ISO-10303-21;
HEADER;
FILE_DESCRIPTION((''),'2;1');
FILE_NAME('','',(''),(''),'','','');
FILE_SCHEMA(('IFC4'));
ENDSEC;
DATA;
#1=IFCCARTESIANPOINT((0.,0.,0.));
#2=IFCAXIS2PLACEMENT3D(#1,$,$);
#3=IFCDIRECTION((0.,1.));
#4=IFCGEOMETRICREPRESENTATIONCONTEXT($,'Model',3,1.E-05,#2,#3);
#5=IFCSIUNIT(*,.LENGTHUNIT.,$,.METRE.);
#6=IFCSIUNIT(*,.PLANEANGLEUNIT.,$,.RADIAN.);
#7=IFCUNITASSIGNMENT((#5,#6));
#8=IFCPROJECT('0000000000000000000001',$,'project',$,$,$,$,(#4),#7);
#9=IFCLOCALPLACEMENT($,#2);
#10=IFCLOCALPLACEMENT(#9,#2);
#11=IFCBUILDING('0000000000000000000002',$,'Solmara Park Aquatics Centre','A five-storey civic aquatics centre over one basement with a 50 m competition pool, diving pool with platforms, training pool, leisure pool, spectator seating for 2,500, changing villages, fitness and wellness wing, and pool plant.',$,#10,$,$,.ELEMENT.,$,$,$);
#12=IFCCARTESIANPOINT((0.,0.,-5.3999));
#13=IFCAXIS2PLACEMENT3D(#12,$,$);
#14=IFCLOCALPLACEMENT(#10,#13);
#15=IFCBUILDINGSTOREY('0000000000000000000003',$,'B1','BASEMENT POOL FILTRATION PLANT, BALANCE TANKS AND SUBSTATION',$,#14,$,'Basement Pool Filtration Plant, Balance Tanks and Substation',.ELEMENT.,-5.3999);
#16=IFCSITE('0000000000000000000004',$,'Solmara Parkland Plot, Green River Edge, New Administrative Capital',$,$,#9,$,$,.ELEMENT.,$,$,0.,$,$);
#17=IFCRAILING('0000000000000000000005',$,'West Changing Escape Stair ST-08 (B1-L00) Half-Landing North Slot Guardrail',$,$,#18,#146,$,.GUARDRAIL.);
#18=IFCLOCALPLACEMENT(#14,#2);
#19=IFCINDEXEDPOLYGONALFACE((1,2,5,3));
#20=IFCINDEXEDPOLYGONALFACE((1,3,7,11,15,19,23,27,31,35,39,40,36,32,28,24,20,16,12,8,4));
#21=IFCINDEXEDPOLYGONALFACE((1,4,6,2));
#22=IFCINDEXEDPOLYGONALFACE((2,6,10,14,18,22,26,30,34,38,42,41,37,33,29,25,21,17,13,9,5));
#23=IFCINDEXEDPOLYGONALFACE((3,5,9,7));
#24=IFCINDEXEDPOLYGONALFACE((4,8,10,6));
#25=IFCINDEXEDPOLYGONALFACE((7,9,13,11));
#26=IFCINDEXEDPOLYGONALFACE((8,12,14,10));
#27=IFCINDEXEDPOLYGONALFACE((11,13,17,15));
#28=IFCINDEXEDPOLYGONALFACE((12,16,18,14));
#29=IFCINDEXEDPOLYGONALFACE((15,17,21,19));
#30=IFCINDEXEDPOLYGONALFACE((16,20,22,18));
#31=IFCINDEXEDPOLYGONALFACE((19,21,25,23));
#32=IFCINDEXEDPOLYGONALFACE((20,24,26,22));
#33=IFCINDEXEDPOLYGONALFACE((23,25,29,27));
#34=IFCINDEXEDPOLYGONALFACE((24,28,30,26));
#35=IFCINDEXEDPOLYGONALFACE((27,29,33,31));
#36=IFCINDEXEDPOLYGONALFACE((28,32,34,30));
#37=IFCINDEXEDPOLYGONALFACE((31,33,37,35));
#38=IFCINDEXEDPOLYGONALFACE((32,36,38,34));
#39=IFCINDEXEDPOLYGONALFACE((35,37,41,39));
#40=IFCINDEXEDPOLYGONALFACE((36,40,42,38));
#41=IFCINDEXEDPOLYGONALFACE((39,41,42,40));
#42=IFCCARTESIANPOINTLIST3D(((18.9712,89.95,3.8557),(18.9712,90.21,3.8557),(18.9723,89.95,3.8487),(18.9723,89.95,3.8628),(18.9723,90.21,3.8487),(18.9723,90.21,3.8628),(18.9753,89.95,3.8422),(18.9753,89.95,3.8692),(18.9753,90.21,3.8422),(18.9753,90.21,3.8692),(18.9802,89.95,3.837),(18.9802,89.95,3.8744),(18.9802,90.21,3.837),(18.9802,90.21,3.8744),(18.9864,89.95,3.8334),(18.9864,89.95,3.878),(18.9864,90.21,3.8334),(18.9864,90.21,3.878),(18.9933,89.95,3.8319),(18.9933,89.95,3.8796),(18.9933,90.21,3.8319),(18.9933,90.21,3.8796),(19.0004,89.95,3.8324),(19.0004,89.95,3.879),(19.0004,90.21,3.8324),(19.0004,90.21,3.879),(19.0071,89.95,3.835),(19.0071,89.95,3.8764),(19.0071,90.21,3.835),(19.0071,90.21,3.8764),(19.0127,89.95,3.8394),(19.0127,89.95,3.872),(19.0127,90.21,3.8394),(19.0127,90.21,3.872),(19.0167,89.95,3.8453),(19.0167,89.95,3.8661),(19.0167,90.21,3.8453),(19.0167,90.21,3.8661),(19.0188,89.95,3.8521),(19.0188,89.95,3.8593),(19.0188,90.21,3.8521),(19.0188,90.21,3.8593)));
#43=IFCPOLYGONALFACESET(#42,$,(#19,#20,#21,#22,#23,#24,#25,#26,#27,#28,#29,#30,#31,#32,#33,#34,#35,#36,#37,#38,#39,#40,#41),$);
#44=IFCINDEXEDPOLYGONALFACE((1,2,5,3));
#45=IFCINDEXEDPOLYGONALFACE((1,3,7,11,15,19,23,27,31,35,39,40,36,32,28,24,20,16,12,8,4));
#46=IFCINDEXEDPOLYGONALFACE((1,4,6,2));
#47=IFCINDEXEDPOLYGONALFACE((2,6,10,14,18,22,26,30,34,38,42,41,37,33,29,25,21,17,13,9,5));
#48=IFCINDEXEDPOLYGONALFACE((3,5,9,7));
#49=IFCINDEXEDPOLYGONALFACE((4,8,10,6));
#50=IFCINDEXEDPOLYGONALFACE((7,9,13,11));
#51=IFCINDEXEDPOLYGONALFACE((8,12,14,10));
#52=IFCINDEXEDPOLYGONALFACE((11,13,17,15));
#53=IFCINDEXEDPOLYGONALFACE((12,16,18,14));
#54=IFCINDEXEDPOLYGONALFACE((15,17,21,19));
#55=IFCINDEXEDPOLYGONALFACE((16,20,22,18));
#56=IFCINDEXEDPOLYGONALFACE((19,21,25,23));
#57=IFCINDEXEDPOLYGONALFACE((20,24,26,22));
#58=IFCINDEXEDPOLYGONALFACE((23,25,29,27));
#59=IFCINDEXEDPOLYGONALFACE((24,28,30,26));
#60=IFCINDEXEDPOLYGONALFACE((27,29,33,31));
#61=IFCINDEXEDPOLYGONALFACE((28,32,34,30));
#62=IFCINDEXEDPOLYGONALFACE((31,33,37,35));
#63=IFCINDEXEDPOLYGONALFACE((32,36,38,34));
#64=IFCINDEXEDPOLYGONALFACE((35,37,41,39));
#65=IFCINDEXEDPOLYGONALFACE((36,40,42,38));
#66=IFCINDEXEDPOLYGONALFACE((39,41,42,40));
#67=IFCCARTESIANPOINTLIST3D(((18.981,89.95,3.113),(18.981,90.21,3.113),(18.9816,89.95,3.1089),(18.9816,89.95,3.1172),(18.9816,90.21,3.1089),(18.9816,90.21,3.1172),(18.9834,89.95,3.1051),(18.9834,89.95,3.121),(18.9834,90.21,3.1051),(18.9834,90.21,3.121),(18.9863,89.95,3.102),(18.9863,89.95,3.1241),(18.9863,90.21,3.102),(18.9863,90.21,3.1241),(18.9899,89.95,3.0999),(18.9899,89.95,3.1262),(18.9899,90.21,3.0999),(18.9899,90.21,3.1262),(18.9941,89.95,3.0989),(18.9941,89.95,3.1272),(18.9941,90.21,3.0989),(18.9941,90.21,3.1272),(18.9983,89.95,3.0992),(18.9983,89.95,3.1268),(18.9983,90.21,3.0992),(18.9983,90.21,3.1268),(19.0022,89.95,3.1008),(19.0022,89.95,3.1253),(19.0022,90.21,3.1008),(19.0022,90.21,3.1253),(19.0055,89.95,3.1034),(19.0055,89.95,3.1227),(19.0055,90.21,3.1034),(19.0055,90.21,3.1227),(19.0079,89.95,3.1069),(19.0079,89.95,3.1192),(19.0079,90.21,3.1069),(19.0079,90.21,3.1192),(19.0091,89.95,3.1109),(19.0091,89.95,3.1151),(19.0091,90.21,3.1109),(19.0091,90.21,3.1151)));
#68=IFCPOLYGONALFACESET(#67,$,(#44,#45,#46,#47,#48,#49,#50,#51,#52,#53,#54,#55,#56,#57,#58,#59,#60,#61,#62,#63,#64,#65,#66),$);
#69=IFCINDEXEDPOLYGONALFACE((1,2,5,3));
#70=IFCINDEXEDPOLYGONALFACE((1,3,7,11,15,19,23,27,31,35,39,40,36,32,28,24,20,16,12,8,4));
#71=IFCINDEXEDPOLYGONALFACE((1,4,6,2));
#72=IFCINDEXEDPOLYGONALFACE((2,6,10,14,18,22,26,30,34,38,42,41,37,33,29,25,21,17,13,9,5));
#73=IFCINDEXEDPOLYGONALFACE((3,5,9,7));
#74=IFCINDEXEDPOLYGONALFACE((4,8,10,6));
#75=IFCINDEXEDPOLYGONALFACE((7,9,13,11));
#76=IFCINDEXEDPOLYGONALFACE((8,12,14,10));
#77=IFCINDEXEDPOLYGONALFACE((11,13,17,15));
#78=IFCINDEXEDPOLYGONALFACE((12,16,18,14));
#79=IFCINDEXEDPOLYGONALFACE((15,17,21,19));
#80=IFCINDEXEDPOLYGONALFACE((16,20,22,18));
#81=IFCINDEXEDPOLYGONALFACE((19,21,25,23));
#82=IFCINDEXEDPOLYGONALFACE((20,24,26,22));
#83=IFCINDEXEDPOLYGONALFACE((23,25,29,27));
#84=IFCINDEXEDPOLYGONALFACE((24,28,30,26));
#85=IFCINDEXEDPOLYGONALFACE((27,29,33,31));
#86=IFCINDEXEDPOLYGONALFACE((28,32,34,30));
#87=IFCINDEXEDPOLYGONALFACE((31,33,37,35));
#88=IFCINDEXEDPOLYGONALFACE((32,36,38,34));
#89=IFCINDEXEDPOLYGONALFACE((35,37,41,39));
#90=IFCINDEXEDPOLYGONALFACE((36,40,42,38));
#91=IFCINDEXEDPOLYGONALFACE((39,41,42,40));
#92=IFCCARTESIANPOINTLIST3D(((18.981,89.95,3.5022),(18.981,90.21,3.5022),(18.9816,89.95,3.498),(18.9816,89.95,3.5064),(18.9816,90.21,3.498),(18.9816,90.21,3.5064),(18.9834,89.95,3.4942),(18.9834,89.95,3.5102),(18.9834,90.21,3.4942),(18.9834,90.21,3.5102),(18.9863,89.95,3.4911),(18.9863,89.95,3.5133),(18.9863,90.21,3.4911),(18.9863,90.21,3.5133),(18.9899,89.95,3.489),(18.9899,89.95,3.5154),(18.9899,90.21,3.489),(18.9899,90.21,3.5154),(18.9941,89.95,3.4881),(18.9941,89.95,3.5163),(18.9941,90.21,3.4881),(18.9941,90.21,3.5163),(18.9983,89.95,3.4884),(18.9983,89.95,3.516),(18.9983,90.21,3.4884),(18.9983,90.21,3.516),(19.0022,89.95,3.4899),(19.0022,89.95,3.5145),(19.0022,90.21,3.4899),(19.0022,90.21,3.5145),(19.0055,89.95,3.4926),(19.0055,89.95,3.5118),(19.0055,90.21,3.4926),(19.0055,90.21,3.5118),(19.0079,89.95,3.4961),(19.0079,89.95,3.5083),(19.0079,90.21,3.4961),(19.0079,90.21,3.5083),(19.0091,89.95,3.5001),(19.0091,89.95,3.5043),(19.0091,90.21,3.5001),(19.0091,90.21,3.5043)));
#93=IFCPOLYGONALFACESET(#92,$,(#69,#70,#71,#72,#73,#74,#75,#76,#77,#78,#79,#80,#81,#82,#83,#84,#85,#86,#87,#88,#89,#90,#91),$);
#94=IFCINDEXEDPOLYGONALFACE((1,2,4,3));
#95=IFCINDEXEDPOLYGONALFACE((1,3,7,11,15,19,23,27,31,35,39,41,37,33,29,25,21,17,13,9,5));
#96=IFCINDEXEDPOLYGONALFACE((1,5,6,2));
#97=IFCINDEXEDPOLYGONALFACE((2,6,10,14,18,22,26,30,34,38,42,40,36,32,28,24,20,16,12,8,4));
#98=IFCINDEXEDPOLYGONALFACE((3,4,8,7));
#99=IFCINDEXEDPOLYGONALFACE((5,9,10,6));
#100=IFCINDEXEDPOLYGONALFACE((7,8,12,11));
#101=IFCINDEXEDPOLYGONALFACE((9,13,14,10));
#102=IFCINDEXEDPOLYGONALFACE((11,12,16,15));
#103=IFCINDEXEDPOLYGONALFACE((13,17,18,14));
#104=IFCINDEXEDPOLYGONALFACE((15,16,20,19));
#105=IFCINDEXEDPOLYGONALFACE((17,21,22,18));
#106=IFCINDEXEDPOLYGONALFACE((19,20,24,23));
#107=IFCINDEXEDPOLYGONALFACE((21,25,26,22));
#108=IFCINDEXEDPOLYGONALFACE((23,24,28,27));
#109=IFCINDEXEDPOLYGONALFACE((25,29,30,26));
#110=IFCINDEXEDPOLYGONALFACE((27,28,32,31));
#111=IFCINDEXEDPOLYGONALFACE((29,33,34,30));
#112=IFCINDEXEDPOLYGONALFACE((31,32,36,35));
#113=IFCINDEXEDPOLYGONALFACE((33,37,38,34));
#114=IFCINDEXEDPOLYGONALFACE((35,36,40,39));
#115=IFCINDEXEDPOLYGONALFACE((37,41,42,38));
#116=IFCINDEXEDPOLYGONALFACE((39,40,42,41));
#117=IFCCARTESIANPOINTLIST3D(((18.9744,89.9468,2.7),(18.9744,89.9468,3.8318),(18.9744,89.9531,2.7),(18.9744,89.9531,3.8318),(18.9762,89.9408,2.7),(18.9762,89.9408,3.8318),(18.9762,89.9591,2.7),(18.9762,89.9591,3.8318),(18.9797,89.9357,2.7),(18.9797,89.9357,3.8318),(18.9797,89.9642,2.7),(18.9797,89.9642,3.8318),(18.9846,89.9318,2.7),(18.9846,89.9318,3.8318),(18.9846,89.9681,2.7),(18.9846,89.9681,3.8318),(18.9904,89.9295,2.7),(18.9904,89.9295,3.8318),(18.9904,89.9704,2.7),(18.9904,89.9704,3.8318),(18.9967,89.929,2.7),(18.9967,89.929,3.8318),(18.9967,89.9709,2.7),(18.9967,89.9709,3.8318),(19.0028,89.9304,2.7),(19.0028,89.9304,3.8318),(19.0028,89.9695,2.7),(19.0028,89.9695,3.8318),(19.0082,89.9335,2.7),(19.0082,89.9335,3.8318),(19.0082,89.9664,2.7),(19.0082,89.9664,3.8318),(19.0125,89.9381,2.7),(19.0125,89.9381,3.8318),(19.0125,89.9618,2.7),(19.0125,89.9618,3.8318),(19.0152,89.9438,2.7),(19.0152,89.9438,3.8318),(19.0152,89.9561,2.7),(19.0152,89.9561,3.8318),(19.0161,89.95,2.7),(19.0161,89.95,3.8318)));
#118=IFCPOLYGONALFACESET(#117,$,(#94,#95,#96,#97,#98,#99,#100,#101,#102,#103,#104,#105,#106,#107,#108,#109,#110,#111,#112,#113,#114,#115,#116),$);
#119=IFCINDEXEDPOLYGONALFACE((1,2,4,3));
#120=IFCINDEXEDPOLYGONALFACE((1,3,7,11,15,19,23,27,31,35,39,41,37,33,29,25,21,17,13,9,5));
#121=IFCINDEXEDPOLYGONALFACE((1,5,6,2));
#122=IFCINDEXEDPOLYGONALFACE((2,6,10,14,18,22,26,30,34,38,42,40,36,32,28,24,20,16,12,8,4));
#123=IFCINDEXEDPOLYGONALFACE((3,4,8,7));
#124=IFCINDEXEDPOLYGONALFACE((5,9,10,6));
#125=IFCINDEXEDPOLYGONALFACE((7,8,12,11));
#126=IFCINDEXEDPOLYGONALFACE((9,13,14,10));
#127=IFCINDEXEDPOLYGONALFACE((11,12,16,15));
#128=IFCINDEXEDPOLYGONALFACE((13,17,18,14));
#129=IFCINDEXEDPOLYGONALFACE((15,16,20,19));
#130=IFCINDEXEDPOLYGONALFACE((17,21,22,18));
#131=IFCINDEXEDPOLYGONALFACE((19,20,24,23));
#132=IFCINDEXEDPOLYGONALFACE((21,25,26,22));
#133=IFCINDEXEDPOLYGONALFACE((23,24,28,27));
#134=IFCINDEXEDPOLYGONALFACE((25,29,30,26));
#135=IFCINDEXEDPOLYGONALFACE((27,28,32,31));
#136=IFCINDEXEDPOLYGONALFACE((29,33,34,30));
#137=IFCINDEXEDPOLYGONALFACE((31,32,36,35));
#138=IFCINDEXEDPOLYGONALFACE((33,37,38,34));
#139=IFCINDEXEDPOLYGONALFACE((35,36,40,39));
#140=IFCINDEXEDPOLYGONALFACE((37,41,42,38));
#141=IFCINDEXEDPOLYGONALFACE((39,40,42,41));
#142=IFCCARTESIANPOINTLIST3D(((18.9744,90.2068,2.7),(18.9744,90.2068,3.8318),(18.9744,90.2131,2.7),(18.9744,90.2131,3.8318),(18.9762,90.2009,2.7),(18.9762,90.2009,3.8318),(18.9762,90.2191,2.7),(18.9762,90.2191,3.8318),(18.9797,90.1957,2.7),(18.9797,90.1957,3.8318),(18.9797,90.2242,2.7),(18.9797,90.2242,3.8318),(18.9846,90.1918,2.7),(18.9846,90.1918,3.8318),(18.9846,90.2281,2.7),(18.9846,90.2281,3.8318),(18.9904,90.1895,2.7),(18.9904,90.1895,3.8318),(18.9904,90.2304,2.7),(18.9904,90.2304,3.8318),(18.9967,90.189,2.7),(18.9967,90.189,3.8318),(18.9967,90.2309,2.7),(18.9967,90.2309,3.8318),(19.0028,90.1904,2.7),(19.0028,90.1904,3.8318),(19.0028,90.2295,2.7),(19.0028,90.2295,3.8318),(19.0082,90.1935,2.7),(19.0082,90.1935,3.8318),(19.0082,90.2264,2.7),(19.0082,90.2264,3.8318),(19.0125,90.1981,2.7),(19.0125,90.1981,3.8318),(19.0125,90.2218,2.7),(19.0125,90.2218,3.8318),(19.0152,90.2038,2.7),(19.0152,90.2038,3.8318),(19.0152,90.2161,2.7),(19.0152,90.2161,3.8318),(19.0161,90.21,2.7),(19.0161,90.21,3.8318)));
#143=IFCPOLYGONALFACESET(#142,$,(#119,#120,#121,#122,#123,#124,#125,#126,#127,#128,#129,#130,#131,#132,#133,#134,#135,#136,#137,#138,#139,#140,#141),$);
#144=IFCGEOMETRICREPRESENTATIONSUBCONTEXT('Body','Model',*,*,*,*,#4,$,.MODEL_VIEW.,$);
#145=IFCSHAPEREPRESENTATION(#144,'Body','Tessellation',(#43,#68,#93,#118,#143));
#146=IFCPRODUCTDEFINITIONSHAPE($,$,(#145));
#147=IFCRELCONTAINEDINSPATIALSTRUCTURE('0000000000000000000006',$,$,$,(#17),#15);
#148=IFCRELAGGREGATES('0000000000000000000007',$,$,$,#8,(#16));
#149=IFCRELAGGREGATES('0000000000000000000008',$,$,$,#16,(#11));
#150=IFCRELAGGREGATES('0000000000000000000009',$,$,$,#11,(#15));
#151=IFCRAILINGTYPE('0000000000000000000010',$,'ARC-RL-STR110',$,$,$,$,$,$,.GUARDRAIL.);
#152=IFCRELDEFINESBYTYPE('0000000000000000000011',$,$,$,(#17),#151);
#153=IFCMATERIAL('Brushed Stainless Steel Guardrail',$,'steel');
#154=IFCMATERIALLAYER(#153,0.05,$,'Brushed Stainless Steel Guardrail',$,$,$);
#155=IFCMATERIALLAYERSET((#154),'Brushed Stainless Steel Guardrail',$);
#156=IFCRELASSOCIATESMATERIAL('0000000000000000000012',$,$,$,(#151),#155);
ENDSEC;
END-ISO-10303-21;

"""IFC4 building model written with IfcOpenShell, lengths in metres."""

from ifc_helpers import new_model, si_unit, direction, frame, origin, origin_2d, place, context, subcontext, project, spatial, circle, extrude, material, layer, layer_set, type_object, element, save


model = new_model("IFC4")

# Units and contexts
model_context = context("Model", 3, precision=1e-05, world=origin(), true_north=direction((0.0, 1.0)))
body_context = subcontext(model_context, "Body", "Model", "MODEL_VIEW")
ifc_project = project(units=[si_unit("LENGTHUNIT", "METRE"), si_unit("PLANEANGLEUNIT", "RADIAN")], contexts=[model_context])

# Site, building, storey
site_placement = place(None, origin())
site = spatial("IfcSite", under=ifc_project, at=site_placement, Name="Solmara Parkland Plot, Green River Edge, New Administrative Capital", CompositionType="ELEMENT", RefElevation=0.0)
building_placement = place(site_placement, origin())
building = spatial("IfcBuilding", under=site, at=building_placement, Name="Solmara Park Aquatics Centre", Description="A five-storey civic aquatics centre over one basement with a 50 m competition pool, diving pool with platforms, training pool, leisure pool, spectator seating for 2,500, changing villages, fitness and wellness wing, and pool plant.", CompositionType="ELEMENT")
storey_placement = place(building_placement, frame((0.0, 0.0, -5.3999)))
storey = spatial("IfcBuildingStorey", under=building, at=storey_placement, Name="B1", Description="BASEMENT POOL FILTRATION PLANT, BALANCE TANKS AND SUBSTATION", LongName="Basement Pool Filtration Plant, Balance Tanks and Substation", CompositionType="ELEMENT", Elevation=-5.3999)

# Railing
ifc_material_1 = material(Name="Brushed Stainless Steel Guardrail", Category="steel")
ifc_layer_1 = layer(ifc_material_1, 0.05, Name="Brushed Stainless Steel Guardrail")
ifc_layer_set_1 = layer_set([ifc_layer_1], Name="Brushed Stainless Steel Guardrail")
railing_type_1 = type_object("IfcRailingType", Name="ARC-RL-STR110", PredefinedType="GUARDRAIL", material=ifc_layer_set_1)
railing_1_placement = place(storey_placement, frame((18.9951, 89.95, 2.7)))
element("IfcRailing", 1, at=railing_1_placement, inside=storey, type_object=railing_type_1, Name="West Changing Escape Stair ST-08 (B1-L00) Half-Landing North Slot Guardrail", PredefinedType="GUARDRAIL", context=body_context, shape_type="SweptSolid", body=[
    extrude(circle(Radius=0.0239, at=origin_2d()), frame((0.0, 0.0, 1.1558), z_axis=(0.0, 1.0, 0.0), x_axis=(-1.0, 0.0, 0.0)), (0.0, 0.0, 1.0), 0.26),
    extrude(circle(Radius=0.0142, at=origin_2d()), frame((0.0, 0.0, 0.4131), z_axis=(0.0, 1.0, 0.0), x_axis=(-1.0, 0.0, 0.0)), (0.0, 0.0, 1.0), 0.26),
    extrude(circle(Radius=0.0142, at=origin_2d()), frame((0.0, 0.0, 0.8022), z_axis=(0.0, 1.0, 0.0), x_axis=(-1.0, 0.0, 0.0)), (0.0, 0.0, 1.0), 0.26),
    extrude(circle(Radius=0.021, at=origin_2d()), origin(), (0.0, 0.0, 1.0), 1.1318),
    extrude(circle(Radius=0.021, at=origin_2d()), frame((0.0, 0.26, 0.0)), (0.0, 0.0, 1.0), 1.1318),
])

save(model, "model.ifc")
